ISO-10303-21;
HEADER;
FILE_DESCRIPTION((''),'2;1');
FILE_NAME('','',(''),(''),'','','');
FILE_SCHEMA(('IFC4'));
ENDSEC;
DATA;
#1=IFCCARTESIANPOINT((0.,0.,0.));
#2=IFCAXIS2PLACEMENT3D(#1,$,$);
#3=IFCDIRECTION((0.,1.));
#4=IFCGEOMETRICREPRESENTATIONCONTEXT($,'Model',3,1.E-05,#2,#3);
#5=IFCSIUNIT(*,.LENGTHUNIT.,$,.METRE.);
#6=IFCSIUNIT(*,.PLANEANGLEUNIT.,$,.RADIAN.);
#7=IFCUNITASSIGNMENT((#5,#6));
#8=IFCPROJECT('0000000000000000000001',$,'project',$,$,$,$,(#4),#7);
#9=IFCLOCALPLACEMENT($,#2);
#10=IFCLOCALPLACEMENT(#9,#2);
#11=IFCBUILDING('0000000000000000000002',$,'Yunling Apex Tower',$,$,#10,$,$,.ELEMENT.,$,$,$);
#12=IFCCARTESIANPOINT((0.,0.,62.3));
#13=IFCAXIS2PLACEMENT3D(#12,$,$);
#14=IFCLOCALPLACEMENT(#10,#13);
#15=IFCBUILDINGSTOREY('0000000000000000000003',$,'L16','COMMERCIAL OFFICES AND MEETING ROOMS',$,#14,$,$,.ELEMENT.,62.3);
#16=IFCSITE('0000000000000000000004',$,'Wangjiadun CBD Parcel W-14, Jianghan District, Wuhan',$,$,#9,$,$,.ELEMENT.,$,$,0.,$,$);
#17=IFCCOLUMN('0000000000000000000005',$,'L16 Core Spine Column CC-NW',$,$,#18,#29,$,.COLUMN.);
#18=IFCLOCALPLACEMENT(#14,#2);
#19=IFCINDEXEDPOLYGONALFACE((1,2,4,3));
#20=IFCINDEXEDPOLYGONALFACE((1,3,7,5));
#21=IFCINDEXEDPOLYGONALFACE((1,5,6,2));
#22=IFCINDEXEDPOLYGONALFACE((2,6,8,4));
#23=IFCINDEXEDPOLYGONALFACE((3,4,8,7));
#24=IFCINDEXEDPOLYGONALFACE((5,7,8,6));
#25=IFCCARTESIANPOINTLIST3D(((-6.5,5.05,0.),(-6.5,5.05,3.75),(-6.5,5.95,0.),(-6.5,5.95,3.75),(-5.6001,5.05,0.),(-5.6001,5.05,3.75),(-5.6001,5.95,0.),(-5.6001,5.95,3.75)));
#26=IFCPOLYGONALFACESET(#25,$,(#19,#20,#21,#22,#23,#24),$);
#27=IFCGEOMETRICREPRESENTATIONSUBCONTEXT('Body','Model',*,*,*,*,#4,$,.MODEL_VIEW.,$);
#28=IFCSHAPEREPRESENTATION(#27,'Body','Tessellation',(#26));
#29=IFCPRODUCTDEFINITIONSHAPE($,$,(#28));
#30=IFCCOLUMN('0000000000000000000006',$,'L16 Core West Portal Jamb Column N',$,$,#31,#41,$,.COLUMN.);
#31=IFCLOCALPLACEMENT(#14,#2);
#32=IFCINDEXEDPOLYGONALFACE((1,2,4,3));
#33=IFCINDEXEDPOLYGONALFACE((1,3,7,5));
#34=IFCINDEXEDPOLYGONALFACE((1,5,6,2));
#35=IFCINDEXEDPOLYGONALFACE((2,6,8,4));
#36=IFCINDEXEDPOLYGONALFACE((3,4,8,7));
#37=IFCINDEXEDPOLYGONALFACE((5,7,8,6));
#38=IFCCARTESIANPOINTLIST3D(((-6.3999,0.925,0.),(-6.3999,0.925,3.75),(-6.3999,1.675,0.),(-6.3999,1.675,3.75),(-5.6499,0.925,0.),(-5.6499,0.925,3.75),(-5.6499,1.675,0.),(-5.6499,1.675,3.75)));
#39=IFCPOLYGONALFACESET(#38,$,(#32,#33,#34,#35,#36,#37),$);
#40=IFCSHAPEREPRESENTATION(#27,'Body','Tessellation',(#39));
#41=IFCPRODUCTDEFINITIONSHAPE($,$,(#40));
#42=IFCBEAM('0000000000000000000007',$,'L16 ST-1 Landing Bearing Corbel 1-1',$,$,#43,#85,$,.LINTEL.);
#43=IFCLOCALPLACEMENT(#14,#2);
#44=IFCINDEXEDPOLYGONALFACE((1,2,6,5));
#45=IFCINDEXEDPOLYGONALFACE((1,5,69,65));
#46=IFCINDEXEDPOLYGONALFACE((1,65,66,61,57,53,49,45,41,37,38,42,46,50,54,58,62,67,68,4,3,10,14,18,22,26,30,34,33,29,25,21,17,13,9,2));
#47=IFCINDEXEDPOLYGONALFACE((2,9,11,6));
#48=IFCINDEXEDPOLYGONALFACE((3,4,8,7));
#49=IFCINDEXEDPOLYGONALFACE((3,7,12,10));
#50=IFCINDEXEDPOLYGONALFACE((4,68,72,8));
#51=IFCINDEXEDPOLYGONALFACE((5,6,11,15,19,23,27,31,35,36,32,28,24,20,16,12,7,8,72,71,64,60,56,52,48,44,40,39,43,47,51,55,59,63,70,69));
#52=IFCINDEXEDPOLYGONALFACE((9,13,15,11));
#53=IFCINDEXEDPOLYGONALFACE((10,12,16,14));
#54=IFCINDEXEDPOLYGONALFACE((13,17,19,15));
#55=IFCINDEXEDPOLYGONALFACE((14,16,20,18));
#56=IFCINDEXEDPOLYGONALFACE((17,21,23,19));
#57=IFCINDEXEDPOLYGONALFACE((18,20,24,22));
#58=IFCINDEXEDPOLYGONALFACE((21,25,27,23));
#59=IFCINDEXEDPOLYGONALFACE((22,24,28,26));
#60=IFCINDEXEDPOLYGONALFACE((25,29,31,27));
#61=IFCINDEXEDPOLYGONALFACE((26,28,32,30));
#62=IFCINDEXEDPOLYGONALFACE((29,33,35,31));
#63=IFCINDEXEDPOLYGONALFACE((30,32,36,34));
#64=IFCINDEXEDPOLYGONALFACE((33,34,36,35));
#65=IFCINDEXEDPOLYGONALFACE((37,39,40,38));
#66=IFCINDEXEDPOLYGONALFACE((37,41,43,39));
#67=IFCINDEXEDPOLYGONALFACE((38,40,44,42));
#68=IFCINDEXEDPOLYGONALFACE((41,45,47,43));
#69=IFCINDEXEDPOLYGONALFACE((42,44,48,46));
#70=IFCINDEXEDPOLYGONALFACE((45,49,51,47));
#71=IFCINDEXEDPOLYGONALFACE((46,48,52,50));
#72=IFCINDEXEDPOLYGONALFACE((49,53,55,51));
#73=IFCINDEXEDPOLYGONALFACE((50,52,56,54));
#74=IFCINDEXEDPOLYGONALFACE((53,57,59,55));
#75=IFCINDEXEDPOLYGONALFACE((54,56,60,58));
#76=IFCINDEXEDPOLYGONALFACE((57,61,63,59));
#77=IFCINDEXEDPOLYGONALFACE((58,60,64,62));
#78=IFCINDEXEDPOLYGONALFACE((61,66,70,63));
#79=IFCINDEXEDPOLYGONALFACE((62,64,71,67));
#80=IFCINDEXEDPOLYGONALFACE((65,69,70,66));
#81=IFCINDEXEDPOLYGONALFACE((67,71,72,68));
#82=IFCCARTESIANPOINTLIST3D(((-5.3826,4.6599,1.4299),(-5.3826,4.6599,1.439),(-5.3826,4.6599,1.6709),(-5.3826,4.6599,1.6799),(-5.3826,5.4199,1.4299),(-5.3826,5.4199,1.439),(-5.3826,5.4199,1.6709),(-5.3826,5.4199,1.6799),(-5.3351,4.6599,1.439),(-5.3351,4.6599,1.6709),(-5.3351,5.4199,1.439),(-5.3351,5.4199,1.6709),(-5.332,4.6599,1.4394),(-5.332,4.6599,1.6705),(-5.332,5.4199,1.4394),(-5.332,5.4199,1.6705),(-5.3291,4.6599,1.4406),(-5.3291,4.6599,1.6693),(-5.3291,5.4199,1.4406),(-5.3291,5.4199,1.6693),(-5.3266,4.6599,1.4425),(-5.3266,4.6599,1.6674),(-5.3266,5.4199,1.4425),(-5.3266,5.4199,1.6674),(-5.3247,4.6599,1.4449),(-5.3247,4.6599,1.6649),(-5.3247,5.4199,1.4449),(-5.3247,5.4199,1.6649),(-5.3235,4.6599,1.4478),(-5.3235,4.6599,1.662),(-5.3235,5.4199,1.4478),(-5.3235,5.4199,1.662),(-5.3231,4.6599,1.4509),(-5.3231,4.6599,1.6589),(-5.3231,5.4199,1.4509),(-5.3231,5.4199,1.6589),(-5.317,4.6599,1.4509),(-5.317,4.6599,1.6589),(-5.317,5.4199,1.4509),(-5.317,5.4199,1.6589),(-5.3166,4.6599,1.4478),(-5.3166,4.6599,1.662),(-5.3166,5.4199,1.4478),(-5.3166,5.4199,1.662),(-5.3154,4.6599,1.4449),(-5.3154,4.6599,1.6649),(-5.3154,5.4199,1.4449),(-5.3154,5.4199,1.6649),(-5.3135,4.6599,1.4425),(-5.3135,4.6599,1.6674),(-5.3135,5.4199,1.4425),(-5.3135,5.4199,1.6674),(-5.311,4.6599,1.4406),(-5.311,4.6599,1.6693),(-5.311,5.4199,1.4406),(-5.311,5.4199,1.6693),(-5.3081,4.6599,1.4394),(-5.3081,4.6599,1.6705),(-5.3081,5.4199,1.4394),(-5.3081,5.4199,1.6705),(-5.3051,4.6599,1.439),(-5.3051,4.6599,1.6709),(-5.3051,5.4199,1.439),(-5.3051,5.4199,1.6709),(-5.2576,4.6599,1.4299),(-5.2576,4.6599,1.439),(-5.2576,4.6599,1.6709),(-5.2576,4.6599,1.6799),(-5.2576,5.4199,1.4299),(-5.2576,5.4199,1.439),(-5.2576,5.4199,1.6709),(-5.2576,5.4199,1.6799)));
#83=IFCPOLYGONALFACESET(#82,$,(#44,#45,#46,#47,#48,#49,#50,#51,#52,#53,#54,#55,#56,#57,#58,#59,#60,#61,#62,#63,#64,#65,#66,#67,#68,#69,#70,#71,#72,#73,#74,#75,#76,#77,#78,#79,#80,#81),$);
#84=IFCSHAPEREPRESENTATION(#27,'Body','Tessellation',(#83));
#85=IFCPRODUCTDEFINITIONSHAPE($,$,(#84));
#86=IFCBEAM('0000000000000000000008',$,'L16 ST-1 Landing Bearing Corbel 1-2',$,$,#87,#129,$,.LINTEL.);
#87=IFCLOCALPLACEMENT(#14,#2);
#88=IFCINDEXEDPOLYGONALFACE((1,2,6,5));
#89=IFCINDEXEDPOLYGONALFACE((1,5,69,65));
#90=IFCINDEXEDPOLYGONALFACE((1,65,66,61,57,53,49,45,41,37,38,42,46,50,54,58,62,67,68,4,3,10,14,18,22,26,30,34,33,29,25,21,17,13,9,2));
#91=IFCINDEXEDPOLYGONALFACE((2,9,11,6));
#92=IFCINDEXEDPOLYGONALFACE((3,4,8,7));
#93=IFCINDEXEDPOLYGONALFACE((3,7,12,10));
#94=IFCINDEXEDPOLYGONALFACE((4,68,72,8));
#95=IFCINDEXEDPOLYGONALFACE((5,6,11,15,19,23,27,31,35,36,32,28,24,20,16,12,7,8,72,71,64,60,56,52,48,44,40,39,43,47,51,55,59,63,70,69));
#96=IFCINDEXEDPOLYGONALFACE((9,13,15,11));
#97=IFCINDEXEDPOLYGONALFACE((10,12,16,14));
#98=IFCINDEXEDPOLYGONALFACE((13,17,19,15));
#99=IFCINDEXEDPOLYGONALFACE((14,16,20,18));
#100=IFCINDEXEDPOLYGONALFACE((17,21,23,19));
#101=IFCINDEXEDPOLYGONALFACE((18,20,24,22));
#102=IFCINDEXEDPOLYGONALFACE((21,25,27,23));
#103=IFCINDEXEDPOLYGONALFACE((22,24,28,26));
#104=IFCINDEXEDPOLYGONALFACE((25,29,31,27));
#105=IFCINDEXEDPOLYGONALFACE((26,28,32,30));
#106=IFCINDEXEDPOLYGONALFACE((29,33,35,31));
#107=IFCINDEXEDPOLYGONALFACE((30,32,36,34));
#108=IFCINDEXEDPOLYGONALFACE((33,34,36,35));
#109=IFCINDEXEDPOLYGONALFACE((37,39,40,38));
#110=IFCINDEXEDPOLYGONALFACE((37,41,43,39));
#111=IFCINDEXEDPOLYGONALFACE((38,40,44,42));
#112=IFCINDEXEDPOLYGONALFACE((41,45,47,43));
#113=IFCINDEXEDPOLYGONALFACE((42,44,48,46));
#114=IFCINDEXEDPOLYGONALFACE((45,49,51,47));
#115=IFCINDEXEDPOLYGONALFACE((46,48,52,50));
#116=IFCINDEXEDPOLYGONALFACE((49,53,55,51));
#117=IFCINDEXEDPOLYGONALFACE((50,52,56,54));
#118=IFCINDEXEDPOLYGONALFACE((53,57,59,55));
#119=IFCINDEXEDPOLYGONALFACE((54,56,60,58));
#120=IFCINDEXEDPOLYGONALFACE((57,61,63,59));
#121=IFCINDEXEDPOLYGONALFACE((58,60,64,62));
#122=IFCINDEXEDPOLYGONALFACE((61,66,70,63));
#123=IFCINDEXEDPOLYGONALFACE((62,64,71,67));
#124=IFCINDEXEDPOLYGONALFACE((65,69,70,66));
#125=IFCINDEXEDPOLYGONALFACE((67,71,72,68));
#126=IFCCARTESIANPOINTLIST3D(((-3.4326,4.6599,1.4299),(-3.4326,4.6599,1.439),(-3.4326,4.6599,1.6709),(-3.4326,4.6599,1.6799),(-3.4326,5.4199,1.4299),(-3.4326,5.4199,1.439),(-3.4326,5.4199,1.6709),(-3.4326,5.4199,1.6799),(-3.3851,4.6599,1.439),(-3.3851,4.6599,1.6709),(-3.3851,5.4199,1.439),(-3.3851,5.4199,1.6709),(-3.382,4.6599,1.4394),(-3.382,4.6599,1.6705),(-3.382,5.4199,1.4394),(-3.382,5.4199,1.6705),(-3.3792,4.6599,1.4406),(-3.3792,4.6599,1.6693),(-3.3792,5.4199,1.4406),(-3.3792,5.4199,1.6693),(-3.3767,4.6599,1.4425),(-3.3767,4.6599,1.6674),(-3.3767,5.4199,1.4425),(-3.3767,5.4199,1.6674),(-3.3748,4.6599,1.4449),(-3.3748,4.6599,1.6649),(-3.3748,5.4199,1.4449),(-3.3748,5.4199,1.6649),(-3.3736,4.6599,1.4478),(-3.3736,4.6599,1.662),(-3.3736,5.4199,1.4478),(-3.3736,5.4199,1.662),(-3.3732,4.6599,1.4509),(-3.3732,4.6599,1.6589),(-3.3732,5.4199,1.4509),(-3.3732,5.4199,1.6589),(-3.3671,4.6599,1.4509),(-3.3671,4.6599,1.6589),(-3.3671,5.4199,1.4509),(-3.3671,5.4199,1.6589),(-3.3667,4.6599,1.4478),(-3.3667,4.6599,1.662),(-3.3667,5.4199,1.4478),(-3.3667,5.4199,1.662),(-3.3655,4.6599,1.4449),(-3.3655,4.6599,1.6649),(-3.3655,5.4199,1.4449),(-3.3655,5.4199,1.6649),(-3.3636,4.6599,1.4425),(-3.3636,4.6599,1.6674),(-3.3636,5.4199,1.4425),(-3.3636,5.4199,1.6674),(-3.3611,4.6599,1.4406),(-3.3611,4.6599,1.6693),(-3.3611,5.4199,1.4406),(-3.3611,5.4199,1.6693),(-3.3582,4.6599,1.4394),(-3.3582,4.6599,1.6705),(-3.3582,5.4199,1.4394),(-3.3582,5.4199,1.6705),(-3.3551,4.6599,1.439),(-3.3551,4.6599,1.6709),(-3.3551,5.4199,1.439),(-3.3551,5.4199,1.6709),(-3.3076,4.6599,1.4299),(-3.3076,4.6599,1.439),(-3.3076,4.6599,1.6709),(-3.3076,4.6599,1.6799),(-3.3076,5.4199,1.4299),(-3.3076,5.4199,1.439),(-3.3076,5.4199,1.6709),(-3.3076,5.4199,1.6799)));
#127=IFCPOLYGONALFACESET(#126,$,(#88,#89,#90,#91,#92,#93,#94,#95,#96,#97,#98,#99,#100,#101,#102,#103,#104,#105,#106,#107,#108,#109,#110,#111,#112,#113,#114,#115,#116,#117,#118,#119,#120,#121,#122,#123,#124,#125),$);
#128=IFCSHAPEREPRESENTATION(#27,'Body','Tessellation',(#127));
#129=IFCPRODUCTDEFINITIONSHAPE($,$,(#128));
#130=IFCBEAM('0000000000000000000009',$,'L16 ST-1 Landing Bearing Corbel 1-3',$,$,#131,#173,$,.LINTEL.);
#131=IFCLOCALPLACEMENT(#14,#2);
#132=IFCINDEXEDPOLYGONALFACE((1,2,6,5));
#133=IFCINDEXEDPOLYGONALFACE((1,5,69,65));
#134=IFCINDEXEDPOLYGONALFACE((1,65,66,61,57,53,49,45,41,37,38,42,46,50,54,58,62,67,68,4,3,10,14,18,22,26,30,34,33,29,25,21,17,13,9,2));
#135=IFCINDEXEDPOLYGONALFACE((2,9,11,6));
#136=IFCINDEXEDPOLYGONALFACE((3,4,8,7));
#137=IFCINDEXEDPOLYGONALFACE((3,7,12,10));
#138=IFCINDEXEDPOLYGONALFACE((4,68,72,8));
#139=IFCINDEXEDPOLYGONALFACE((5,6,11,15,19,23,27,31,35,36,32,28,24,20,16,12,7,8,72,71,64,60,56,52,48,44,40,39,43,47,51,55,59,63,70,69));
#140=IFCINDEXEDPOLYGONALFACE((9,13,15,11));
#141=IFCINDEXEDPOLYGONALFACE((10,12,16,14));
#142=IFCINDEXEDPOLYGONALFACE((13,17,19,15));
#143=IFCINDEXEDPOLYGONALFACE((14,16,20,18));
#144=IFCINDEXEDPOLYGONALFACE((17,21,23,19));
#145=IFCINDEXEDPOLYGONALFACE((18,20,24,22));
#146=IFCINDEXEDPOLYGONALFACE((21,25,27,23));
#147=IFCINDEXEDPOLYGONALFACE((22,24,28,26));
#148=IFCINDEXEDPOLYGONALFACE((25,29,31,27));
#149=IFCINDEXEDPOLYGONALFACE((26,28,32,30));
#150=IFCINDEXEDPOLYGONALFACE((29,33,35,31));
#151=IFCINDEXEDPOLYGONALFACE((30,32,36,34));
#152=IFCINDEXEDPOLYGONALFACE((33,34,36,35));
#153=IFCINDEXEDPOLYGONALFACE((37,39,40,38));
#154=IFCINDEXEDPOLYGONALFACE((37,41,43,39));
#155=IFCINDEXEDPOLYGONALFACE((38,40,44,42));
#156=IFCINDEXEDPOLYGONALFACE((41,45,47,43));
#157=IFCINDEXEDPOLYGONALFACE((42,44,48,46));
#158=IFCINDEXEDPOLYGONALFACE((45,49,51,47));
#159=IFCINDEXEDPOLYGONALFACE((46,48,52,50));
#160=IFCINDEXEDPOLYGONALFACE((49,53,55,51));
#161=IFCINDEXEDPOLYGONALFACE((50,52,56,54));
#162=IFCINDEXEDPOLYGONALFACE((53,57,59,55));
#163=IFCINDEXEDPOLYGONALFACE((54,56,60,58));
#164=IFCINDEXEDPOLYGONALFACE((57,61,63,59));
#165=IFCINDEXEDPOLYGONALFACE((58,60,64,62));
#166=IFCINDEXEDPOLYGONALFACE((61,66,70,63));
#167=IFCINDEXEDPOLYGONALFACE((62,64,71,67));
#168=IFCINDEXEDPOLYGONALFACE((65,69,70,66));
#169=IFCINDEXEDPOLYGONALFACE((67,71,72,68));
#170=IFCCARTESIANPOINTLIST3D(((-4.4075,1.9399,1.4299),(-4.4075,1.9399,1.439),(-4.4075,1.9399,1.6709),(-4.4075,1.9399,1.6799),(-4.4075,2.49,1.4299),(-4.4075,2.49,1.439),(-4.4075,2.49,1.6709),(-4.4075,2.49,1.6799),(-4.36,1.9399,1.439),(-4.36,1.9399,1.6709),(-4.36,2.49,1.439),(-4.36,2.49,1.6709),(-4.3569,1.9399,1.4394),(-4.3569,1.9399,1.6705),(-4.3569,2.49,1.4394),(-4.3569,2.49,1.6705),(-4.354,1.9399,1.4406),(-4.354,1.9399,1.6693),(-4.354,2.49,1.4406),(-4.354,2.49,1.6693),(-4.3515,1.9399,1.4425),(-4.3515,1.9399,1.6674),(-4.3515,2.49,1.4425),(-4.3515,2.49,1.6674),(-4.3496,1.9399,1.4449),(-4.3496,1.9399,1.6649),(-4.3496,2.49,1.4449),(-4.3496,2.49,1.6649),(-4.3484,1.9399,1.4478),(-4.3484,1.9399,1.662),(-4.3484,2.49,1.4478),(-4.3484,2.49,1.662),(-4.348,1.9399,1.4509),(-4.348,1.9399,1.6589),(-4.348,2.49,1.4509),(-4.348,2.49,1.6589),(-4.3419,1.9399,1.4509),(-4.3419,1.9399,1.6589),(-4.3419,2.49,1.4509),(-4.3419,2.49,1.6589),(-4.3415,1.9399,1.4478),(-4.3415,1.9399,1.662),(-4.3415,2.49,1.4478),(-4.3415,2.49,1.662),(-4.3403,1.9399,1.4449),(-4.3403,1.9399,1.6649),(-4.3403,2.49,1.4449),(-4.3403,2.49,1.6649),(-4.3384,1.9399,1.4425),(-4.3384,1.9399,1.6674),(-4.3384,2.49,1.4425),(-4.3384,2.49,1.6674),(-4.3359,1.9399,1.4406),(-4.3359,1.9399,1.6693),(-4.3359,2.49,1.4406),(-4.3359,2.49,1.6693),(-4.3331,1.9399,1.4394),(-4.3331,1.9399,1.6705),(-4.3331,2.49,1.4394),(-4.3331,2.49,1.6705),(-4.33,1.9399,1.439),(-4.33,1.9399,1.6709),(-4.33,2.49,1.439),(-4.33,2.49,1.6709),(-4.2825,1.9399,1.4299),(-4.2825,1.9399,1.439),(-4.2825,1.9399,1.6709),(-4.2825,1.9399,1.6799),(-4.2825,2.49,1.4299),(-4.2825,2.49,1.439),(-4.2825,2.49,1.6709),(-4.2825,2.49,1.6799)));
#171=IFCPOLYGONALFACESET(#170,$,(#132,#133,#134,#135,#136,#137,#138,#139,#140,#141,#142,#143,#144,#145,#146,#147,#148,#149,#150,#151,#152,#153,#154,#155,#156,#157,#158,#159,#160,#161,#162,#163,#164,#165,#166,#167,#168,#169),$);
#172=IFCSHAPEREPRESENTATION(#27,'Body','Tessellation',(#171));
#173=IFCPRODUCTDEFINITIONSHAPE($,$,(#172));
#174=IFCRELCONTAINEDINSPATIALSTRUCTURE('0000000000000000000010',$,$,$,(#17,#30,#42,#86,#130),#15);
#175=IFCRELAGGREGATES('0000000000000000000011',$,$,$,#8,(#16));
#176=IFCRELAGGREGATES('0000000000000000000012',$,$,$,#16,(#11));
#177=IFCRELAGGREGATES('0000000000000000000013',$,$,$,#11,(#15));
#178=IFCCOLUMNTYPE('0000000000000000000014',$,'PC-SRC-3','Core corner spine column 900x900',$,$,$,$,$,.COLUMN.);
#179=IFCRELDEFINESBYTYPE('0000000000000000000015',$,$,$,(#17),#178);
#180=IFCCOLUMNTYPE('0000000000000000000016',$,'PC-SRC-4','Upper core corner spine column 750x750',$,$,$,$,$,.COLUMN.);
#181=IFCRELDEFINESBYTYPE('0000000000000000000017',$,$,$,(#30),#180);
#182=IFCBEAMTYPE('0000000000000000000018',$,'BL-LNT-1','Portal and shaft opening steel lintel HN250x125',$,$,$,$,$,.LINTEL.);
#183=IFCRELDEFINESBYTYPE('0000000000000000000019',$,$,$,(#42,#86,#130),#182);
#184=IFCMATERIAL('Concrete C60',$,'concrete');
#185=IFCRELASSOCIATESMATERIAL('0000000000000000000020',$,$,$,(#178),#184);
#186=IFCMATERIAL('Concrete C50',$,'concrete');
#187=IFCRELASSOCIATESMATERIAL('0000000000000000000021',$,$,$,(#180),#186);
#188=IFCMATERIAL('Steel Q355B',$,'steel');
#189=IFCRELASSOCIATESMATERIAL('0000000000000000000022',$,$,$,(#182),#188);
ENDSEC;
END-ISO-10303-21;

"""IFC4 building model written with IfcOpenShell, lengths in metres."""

from ifc_helpers import new_model, si_unit, direction, frame, origin, origin_2d, place, context, subcontext, project, spatial, rectangle, i_section, extrude, source, transform, mapped, material, material_profile, profile_set, type_object, element, save


model = new_model("IFC4")

# Units and contexts
model_context = context("Model", 3, precision=1e-05, world=origin(), true_north=direction((0.0, 1.0)))
body_context = subcontext(model_context, "Body", "Model", "MODEL_VIEW")
ifc_project = project(units=[si_unit("LENGTHUNIT", "METRE"), si_unit("PLANEANGLEUNIT", "RADIAN")], contexts=[model_context])

# Site, building, storey
site_placement = place(None, origin())
site = spatial("IfcSite", under=ifc_project, at=site_placement, Name="Wangjiadun CBD Parcel W-14, Jianghan District, Wuhan", CompositionType="ELEMENT", RefElevation=0.0)
building_placement = place(site_placement, origin())
building = spatial("IfcBuilding", under=site, at=building_placement, Name="Yunling Apex Tower", CompositionType="ELEMENT")
storey_placement = place(building_placement, frame((0.0, 0.0, 62.3)))
storey = spatial("IfcBuildingStorey", under=building, at=storey_placement, Name="L16", Description="COMMERCIAL OFFICES AND MEETING ROOMS", CompositionType="ELEMENT", Elevation=62.3)

# Columns
ifc_material_1 = material(Name="Concrete C60", Category="concrete")
ifc_material_profile_1 = material_profile(ifc_material_1, rectangle(XDim=0.8999, YDim=0.8999, at=origin_2d()))
ifc_profile_set_1 = profile_set([ifc_material_profile_1], Name="Concrete C60")
column_type_1 = type_object("IfcColumnType", Name="PC-SRC-3", Description="Core corner spine column 900x900", PredefinedType="COLUMN", material=ifc_profile_set_1)
shared_shape_1 = source(origin(), body_context, "Body", "SweptSolid", [
    extrude(rectangle(XDim=0.8999, YDim=0.8999, at=origin_2d()), origin(), (0.0, 0.0, 1.0), 3.75),
])
column_1_placement = place(storey_placement, frame((-6.05, 5.5, 0.0), z_axis=(0.0, 0.0, 1.0), x_axis=(1.0, 0.0, 0.0)))
element("IfcColumn", 1, at=column_1_placement, inside=storey, type_object=column_type_1, Name="L16 Core Spine Column CC-NW", PredefinedType="COLUMN", context=body_context, shape_type="MappedRepresentation", body=[
    mapped(shared_shape_1, transform((0.0, 0.0, 0.0), scale=1.0)),
])
ifc_material_2 = material(Name="Concrete C50", Category="concrete")
ifc_material_profile_2 = material_profile(ifc_material_2, rectangle(XDim=0.75, YDim=0.75, at=origin_2d()))
ifc_profile_set_2 = profile_set([ifc_material_profile_2], Name="Concrete C50")
column_type_2 = type_object("IfcColumnType", Name="PC-SRC-4", Description="Upper core corner spine column 750x750", PredefinedType="COLUMN", material=ifc_profile_set_2)
shared_shape_2 = source(origin(), body_context, "Body", "SweptSolid", [
    extrude(rectangle(XDim=0.75, YDim=0.75, at=origin_2d()), origin(), (0.0, 0.0, 1.0), 3.75),
])
column_2_placement = place(storey_placement, frame((-6.0249, 1.3, 0.0), z_axis=(0.0, 0.0, 1.0), x_axis=(1.0, 0.0, 0.0)))
element("IfcColumn", 2, at=column_2_placement, inside=storey, type_object=column_type_2, Name="L16 Core West Portal Jamb Column N", PredefinedType="COLUMN", context=body_context, shape_type="MappedRepresentation", body=[
    mapped(shared_shape_2, transform((0.0, 0.0, 0.0), scale=1.0)),
])

# Beams
ifc_material_3 = material(Name="Steel Q355B", Category="steel")
ifc_material_profile_3 = material_profile(ifc_material_3, i_section(OverallWidth=0.125, OverallDepth=0.25, WebThickness=0.0061, FlangeThickness=0.009, FilletRadius=0.012, at=origin_2d()))
ifc_profile_set_3 = profile_set([ifc_material_profile_3], Name="Steel Q355B")
beam_type_1 = type_object("IfcBeamType", Name="BL-LNT-1", Description="Portal and shaft opening steel lintel HN250x125", PredefinedType="LINTEL", material=ifc_profile_set_3)
shared_shape_3 = source(origin(), body_context, "Body", "SweptSolid", [
    extrude(i_section(OverallWidth=0.125, OverallDepth=0.25, WebThickness=0.0061, FlangeThickness=0.009, FilletRadius=0.012, at=origin_2d()), origin(), (0.0, 0.0, 1.0), 0.76),
])
for number, where, z_axis, x_axis, name in (
    (3, (-5.3201, 5.4199, 1.5549), (0.0, -1.0, 0.0), (1.0, 0.0, 0.0), "L16 ST-1 Landing Bearing Corbel 1-1"),
    (4, (-3.3701, 5.4199, 1.5549), (0.0, -1.0, 0.0), (1.0, 0.0, 0.0), "L16 ST-1 Landing Bearing Corbel 1-2"),
):
    element("IfcBeam", number, at=place(storey_placement, frame(where, z_axis=z_axis, x_axis=x_axis)), inside=storey, type_object=beam_type_1, Name=name, PredefinedType="LINTEL", context=body_context, shape_type="MappedRepresentation", body=[
        mapped(shared_shape_3, transform((0.0, 0.0, 0.0), scale=1.0)),
    ])
shared_shape_4 = source(origin(), body_context, "Body", "SweptSolid", [
    extrude(i_section(OverallWidth=0.125, OverallDepth=0.25, WebThickness=0.0061, FlangeThickness=0.009, FilletRadius=0.012, at=origin_2d()), origin(), (0.0, 0.0, 1.0), 0.55),
])
beam_1_placement = place(storey_placement, frame((-4.345, 1.9399, 1.5549), z_axis=(0.0, 1.0, 0.0), x_axis=(-1.0, 0.0, 0.0)))
element("IfcBeam", 5, at=beam_1_placement, inside=storey, type_object=beam_type_1, Name="L16 ST-1 Landing Bearing Corbel 1-3", PredefinedType="LINTEL", context=body_context, shape_type="MappedRepresentation", body=[
    mapped(shared_shape_4, transform((0.0, 0.0, 0.0), scale=1.0)),
])

save(model, "model.ifc")
